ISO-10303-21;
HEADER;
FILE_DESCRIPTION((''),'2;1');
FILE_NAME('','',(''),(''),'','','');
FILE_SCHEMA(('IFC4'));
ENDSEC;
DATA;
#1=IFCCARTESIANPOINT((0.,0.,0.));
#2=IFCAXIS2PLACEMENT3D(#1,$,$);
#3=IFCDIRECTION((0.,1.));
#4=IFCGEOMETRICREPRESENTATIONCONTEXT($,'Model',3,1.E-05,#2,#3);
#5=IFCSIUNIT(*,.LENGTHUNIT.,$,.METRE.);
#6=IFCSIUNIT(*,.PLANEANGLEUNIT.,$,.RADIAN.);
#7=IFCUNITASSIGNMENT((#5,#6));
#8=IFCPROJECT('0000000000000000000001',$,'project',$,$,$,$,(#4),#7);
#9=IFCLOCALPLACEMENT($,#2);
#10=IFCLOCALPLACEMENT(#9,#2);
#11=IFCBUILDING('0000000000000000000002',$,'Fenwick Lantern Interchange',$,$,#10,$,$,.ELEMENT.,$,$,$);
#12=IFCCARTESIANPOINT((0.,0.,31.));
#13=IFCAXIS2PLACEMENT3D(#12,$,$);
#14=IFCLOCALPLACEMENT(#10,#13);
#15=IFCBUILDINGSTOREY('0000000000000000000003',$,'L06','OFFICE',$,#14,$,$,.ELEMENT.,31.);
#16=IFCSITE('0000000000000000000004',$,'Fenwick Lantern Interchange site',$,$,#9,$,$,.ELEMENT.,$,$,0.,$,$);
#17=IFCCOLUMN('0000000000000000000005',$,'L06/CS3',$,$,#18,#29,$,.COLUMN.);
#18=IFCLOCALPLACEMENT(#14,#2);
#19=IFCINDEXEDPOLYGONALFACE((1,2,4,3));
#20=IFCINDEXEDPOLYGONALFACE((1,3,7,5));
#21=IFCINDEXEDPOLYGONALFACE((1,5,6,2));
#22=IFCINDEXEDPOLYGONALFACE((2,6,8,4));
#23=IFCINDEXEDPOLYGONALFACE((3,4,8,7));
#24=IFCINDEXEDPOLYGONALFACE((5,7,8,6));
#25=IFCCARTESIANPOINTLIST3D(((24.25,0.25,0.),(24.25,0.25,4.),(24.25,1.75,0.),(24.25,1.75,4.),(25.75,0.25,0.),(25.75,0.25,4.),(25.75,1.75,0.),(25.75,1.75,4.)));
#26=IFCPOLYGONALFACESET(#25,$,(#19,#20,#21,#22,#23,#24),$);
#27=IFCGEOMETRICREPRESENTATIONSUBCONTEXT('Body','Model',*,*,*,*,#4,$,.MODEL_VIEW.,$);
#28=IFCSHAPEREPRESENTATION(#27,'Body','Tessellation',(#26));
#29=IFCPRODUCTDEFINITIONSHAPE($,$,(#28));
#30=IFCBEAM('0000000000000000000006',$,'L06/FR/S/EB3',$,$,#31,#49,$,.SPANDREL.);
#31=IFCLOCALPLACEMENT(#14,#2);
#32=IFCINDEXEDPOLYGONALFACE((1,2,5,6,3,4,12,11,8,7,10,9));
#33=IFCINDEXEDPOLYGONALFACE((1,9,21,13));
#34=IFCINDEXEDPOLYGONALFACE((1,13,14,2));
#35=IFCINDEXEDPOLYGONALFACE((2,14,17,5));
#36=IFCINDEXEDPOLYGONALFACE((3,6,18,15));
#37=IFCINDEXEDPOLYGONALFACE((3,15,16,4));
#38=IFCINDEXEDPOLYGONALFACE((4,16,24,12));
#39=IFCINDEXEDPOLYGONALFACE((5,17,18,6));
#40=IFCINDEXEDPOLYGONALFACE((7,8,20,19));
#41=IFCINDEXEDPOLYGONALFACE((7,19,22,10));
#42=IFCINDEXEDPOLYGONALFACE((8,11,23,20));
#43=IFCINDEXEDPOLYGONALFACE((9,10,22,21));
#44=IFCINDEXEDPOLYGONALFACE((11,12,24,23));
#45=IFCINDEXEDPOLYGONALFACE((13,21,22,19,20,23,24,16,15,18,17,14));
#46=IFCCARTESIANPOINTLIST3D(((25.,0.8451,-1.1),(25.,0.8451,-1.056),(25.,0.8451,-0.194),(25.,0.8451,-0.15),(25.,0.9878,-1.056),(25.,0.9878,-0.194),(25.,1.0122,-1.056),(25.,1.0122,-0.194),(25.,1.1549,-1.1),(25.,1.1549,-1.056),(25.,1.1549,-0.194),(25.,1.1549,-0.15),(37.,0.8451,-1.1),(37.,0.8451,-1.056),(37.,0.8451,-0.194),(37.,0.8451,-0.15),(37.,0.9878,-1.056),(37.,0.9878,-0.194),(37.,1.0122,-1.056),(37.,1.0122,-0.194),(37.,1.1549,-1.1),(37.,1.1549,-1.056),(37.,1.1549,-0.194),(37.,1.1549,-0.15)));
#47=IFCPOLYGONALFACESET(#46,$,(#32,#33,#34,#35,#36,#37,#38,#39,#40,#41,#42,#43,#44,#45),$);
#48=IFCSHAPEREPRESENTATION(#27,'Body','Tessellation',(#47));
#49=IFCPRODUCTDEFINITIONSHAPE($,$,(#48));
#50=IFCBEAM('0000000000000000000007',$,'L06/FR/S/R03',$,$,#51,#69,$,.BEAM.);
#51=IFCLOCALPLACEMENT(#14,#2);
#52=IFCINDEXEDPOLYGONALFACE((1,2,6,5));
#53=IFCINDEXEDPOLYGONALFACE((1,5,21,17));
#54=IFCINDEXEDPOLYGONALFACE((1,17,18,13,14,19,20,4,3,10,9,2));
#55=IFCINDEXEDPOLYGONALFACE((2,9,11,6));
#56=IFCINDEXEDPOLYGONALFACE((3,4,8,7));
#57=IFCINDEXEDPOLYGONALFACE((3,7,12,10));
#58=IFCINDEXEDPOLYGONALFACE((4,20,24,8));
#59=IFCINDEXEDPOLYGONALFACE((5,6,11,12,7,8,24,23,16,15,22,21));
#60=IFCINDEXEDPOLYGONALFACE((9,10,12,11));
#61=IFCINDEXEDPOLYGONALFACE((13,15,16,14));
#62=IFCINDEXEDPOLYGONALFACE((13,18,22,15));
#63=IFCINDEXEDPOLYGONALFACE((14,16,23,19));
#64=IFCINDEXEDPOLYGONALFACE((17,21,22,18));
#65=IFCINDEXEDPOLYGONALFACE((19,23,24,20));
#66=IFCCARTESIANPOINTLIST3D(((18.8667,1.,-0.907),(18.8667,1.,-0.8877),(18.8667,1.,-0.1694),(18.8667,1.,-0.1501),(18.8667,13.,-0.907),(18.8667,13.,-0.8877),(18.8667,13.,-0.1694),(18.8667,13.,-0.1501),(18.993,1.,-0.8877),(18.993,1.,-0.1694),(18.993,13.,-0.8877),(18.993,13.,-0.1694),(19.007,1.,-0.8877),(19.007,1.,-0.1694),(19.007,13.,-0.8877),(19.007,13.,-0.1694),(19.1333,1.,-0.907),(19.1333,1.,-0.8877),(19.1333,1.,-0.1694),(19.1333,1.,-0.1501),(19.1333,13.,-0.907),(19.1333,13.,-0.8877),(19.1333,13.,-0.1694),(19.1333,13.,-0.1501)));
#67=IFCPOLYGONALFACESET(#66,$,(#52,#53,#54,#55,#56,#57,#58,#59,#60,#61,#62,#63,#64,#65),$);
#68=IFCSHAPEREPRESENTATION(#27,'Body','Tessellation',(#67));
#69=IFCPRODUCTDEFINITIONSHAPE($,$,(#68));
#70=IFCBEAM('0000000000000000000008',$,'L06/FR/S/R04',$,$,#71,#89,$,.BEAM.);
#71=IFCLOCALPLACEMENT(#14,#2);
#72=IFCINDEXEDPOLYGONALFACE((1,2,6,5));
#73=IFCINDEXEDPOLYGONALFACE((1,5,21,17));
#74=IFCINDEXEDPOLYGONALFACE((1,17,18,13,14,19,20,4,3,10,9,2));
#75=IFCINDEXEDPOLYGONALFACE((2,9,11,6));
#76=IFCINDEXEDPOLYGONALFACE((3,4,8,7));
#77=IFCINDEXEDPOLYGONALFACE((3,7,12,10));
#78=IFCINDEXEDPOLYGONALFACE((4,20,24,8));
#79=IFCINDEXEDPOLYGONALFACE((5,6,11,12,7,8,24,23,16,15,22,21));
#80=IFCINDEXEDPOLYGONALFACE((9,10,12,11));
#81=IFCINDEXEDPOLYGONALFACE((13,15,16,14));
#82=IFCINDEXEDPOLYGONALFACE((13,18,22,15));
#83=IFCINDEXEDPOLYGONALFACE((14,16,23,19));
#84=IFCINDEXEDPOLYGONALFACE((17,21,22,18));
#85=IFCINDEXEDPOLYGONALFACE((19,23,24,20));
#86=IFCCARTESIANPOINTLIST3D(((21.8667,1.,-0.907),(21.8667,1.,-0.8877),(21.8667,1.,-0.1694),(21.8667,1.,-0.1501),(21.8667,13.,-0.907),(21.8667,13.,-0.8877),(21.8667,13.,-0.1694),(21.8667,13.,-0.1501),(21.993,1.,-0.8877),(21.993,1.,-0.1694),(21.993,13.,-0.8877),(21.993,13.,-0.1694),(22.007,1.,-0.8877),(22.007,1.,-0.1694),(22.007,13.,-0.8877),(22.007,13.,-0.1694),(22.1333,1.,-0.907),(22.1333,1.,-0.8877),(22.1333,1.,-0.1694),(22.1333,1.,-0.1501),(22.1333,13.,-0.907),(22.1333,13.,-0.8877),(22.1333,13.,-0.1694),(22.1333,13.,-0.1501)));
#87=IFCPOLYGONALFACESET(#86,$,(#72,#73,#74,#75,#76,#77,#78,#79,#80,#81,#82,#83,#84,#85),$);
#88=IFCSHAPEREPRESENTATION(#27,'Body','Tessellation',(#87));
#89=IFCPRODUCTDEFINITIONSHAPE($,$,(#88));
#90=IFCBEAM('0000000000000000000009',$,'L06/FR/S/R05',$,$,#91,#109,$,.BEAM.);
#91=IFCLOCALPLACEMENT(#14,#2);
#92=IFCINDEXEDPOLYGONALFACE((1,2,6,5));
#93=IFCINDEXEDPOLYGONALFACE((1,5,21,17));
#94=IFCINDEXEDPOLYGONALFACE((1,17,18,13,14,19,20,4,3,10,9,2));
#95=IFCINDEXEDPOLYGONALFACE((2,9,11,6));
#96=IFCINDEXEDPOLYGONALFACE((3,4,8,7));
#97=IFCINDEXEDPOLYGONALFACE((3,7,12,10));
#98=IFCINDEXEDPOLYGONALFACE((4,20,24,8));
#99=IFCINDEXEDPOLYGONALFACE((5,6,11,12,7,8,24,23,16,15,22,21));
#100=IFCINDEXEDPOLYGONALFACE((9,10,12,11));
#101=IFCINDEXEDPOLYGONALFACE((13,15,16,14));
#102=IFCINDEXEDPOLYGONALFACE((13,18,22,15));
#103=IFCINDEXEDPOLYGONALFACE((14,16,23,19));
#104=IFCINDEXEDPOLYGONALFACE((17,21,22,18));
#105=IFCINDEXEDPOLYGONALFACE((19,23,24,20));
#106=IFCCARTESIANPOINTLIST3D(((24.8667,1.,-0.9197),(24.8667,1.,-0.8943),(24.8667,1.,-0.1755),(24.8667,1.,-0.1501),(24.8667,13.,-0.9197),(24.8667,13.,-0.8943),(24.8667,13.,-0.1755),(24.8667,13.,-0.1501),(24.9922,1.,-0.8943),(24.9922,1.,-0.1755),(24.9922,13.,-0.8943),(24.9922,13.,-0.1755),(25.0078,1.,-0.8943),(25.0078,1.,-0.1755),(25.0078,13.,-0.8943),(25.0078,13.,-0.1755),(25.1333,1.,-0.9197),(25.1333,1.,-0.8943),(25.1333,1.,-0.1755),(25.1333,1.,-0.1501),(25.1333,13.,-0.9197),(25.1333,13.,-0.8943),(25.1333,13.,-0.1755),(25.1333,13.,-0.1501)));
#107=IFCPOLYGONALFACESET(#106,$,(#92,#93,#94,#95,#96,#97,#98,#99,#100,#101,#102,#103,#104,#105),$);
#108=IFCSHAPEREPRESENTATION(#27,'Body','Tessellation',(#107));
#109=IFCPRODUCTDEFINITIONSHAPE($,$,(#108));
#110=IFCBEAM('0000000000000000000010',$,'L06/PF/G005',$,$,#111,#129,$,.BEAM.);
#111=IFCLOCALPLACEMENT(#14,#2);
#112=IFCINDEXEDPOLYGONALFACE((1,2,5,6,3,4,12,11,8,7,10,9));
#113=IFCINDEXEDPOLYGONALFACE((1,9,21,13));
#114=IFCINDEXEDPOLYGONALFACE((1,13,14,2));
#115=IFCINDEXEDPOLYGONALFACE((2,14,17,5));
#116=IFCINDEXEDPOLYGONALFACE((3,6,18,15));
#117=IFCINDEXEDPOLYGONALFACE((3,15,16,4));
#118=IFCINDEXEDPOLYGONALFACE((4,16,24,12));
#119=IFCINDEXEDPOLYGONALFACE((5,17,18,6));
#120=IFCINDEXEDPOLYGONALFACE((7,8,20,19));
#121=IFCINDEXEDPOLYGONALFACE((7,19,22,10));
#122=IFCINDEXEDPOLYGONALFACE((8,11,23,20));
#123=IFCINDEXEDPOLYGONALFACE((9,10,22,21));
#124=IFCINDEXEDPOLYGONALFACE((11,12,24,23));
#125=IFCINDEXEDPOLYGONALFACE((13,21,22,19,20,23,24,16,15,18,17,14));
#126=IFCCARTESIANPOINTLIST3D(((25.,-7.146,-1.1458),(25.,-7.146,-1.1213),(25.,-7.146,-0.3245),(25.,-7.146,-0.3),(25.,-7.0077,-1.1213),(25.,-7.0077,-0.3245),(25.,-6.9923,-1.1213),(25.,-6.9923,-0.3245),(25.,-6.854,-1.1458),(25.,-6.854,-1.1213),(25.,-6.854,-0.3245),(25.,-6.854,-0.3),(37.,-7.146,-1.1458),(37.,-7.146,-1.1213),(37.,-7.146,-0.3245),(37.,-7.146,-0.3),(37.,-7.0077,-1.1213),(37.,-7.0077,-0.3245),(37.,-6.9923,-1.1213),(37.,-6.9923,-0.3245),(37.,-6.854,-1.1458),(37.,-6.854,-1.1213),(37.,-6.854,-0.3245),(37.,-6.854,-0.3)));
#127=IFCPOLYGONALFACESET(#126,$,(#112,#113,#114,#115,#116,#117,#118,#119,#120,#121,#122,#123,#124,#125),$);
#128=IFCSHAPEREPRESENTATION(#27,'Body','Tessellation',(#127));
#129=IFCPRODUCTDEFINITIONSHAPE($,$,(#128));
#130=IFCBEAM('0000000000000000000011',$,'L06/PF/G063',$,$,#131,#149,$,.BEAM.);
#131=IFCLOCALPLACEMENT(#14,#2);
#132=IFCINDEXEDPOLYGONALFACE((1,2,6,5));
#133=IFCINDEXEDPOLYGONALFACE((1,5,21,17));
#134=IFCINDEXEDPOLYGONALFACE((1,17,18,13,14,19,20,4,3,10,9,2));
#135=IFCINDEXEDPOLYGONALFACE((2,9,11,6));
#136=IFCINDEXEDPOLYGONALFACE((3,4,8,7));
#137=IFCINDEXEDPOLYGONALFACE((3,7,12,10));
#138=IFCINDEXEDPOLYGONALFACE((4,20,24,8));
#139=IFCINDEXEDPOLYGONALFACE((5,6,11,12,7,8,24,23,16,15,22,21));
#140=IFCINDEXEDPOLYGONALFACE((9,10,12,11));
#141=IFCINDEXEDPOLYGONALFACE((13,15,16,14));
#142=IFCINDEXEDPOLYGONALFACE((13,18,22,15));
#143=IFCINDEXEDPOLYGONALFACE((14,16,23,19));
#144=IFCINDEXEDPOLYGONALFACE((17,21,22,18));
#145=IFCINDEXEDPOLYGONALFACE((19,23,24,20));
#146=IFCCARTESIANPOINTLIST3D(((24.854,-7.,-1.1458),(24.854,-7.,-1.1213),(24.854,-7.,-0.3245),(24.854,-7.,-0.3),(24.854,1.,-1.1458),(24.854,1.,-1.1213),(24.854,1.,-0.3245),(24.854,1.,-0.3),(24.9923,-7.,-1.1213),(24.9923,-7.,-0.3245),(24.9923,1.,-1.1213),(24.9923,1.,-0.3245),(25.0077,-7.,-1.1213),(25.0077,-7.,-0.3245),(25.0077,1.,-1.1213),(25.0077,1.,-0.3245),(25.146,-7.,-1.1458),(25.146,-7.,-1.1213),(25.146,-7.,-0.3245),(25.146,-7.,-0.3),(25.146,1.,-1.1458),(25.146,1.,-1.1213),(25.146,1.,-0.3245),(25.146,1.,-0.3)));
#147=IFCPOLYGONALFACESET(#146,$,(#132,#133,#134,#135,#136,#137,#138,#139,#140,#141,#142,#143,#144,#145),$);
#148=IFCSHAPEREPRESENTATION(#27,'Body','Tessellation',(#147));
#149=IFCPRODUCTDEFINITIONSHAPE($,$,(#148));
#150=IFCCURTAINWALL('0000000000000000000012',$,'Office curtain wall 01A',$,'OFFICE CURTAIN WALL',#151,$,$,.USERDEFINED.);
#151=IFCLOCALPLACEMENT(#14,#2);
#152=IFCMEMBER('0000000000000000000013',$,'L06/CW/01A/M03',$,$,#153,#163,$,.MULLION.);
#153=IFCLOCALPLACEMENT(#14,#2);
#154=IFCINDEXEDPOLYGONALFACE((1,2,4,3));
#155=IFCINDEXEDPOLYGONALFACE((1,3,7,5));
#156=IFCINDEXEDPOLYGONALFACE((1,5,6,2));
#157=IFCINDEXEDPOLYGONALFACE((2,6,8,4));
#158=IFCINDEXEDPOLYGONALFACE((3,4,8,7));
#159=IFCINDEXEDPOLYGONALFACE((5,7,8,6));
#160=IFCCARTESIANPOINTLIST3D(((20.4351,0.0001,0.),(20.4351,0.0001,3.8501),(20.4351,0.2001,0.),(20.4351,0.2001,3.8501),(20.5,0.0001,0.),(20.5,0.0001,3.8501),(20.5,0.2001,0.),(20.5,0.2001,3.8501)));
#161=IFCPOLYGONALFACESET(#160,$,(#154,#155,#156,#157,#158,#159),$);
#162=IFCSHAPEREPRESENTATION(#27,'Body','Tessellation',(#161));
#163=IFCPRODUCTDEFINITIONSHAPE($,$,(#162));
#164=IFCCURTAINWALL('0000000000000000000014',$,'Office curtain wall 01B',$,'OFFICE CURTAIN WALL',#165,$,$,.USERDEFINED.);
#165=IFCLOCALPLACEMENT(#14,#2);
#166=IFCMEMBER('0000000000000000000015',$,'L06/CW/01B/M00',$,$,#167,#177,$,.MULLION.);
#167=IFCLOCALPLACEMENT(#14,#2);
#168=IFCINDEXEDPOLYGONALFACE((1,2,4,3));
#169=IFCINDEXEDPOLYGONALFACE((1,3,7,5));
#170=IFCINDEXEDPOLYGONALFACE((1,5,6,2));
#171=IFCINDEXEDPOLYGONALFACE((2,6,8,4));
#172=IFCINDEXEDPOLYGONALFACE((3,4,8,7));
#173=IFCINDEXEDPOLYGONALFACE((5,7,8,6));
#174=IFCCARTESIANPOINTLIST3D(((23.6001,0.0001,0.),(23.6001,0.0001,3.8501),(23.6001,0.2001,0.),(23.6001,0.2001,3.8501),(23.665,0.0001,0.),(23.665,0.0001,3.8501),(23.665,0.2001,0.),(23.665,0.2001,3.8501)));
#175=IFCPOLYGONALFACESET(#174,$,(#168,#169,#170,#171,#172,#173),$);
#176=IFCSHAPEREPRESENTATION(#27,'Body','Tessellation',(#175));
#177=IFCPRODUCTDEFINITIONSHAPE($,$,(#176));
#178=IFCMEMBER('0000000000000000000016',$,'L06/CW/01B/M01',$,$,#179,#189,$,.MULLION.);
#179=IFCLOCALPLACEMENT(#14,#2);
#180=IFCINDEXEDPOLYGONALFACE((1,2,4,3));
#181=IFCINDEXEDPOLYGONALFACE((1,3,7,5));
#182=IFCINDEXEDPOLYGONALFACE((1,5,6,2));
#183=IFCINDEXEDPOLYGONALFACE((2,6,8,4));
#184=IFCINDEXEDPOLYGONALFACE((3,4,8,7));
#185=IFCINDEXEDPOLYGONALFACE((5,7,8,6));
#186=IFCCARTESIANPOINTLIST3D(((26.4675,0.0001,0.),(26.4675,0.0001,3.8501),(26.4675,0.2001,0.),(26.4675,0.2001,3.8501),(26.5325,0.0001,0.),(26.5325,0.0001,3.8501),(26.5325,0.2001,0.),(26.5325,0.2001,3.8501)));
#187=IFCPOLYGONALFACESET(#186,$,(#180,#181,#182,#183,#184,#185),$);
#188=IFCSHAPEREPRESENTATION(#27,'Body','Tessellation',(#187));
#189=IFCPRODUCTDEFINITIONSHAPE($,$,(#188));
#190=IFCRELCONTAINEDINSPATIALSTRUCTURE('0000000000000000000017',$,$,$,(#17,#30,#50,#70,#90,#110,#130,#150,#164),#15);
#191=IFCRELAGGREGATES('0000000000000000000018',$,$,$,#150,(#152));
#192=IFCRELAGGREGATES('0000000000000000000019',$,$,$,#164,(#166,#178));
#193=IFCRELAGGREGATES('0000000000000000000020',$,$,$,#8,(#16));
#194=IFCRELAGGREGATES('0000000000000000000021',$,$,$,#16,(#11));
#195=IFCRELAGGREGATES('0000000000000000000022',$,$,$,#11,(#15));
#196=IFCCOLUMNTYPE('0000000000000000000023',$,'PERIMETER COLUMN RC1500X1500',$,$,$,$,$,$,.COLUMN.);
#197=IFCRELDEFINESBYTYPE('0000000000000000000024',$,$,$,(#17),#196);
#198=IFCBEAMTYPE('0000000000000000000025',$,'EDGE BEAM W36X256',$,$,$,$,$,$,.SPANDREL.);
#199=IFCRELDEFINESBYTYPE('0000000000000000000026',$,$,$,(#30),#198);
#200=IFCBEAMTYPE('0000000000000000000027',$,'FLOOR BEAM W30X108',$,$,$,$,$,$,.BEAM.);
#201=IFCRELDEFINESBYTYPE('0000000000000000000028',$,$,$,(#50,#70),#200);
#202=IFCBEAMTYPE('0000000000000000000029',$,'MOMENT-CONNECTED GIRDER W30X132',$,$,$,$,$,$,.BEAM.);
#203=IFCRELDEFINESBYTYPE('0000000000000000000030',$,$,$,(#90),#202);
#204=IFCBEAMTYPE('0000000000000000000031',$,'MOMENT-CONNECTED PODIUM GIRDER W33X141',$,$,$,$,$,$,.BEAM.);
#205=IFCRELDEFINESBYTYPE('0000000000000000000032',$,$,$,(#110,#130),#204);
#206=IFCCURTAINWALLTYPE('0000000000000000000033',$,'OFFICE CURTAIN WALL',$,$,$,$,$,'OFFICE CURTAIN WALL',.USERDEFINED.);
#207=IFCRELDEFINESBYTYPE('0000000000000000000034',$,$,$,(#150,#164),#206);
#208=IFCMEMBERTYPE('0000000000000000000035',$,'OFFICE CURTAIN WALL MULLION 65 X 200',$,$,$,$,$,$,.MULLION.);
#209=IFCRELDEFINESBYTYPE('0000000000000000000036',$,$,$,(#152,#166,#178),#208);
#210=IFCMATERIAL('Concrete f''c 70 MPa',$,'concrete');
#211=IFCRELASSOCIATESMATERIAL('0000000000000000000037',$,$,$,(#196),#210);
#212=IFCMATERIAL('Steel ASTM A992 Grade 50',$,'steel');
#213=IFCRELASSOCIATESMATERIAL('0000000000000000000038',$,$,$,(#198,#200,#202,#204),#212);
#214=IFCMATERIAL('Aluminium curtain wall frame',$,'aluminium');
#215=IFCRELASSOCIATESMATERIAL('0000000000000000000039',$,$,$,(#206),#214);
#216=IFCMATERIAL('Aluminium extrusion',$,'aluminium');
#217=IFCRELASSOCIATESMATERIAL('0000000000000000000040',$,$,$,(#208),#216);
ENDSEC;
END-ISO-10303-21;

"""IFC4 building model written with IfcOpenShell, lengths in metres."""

from ifc_helpers import new_model, si_unit, direction, frame, origin, origin_2d, place, context, subcontext, project, spatial, rectangle, i_section, extrude, material, material_profile, profile_set, type_object, element, aggregate, save


model = new_model("IFC4")

# Units and contexts
model_context = context("Model", 3, precision=1e-05, world=origin(), true_north=direction((0.0, 1.0)))
body_context = subcontext(model_context, "Body", "Model", "MODEL_VIEW")
ifc_project = project(units=[si_unit("LENGTHUNIT", "METRE"), si_unit("PLANEANGLEUNIT", "RADIAN")], contexts=[model_context])

# Site, building, storey
site_placement = place(None, origin())
site = spatial("IfcSite", under=ifc_project, at=site_placement, Name="Fenwick Lantern Interchange site", CompositionType="ELEMENT", RefElevation=0.0)
building_placement = place(site_placement, origin())
building = spatial("IfcBuilding", under=site, at=building_placement, Name="Fenwick Lantern Interchange", CompositionType="ELEMENT")
storey_placement = place(building_placement, frame((0.0, 0.0, 31.0)))
storey = spatial("IfcBuildingStorey", under=building, at=storey_placement, Name="L06", Description="OFFICE", CompositionType="ELEMENT", Elevation=31.0)

# Column
ifc_material_1 = material(Name="Concrete f'c 70 MPa", Category="concrete")
ifc_material_profile_1 = material_profile(ifc_material_1, rectangle(XDim=1.5, YDim=1.5, at=origin_2d()), Name="RC1500X1500")
ifc_profile_set_1 = profile_set([ifc_material_profile_1], Name="Concrete f'c 70 MPa")
column_type = type_object("IfcColumnType", Name="PERIMETER COLUMN RC1500X1500", PredefinedType="COLUMN", material=ifc_profile_set_1)
column_placement = place(storey_placement, frame((25.0, 1.0, 0.0), z_axis=(0.0, 0.0, 1.0), x_axis=(1.0, 0.0, 0.0)))
element("IfcColumn", 1, at=column_placement, inside=storey, type_object=column_type, Name="L06/CS3", PredefinedType="COLUMN", context=body_context, shape_type="SweptSolid", body=[
    extrude(rectangle(XDim=1.5, YDim=1.5, at=origin_2d()), origin(), (0.0, 0.0, 1.0), 4.0),
])

# Beams
ifc_material_2 = material(Name="Steel ASTM A992 Grade 50", Category="steel")
ifc_material_profile_2 = material_profile(ifc_material_2, i_section(OverallWidth=0.3098, OverallDepth=0.95, WebThickness=0.0244, FlangeThickness=0.0439, at=origin_2d()), Name="W36X256")
ifc_profile_set_2 = profile_set([ifc_material_profile_2], Name="Steel ASTM A992 Grade 50")
beam_type_1 = type_object("IfcBeamType", Name="EDGE BEAM W36X256", PredefinedType="SPANDREL", material=ifc_profile_set_2)
beam_1_placement = place(storey_placement, frame((25.0, 1.0, -0.625), z_axis=(1.0, 0.0, 0.0), x_axis=(0.0, 1.0, 0.0)))
element("IfcBeam", 2, at=beam_1_placement, inside=storey, type_object=beam_type_1, Name="L06/FR/S/EB3", PredefinedType="SPANDREL", context=body_context, shape_type="SweptSolid", body=[
    extrude(i_section(OverallWidth=0.3098, OverallDepth=0.95, WebThickness=0.0244, FlangeThickness=0.0439, at=origin_2d()), origin(), (0.0, 0.0, 1.0), 12.0),
])
ifc_material_profile_3 = material_profile(ifc_material_2, i_section(OverallWidth=0.2666, OverallDepth=0.7568, WebThickness=0.0139, FlangeThickness=0.0193, at=origin_2d()), Name="W30X108")
ifc_profile_set_3 = profile_set([ifc_material_profile_3], Name="Steel ASTM A992 Grade 50")
beam_type_2 = type_object("IfcBeamType", Name="FLOOR BEAM W30X108", PredefinedType="BEAM", material=ifc_profile_set_3)
for number, where, z_axis, x_axis, name in (
    (3, (19.0, 1.0, -0.5286), (0.0, 1.0, 0.0), (-1.0, 0.0, 0.0), "L06/FR/S/R03"),
    (4, (22.0, 1.0, -0.5286), (0.0, 1.0, 0.0), (-1.0, 0.0, 0.0), "L06/FR/S/R04"),
):
    element("IfcBeam", number, at=place(storey_placement, frame(where, z_axis=z_axis, x_axis=x_axis)), inside=storey, type_object=beam_type_2, Name=name, PredefinedType="BEAM", context=body_context, shape_type="SweptSolid", body=[
        extrude(i_section(OverallWidth=0.2666, OverallDepth=0.7568, WebThickness=0.0139, FlangeThickness=0.0193, at=origin_2d()), origin(), (0.0, 0.0, 1.0), 12.0),
    ])
ifc_material_profile_4 = material_profile(ifc_material_2, i_section(OverallWidth=0.2666, OverallDepth=0.7695, WebThickness=0.0156, FlangeThickness=0.0254, at=origin_2d()), Name="W30X132")
ifc_profile_set_4 = profile_set([ifc_material_profile_4], Name="Steel ASTM A992 Grade 50")
beam_type_3 = type_object("IfcBeamType", Name="MOMENT-CONNECTED GIRDER W30X132", PredefinedType="BEAM", material=ifc_profile_set_4)
beam_2_placement = place(storey_placement, frame((25.0, 1.0, -0.5349), z_axis=(0.0, 1.0, 0.0), x_axis=(-1.0, 0.0, 0.0)))
element("IfcBeam", 5, at=beam_2_placement, inside=storey, type_object=beam_type_3, Name="L06/FR/S/R05", PredefinedType="BEAM", context=body_context, shape_type="SweptSolid", body=[
    extrude(i_section(OverallWidth=0.2666, OverallDepth=0.7695, WebThickness=0.0156, FlangeThickness=0.0254, at=origin_2d()), origin(), (0.0, 0.0, 1.0), 12.0),
])
ifc_material_profile_5 = material_profile(ifc_material_2, i_section(OverallWidth=0.292, OverallDepth=0.8457, WebThickness=0.0154, FlangeThickness=0.0244, at=origin_2d()), Name="W33X141")
ifc_profile_set_5 = profile_set([ifc_material_profile_5], Name="Steel ASTM A992 Grade 50")
beam_type_4 = type_object("IfcBeamType", Name="MOMENT-CONNECTED PODIUM GIRDER W33X141", PredefinedType="BEAM", material=ifc_profile_set_5)
beam_3_placement = place(storey_placement, frame((25.0, -7.0, -0.7229), z_axis=(1.0, 0.0, 0.0), x_axis=(0.0, 1.0, 0.0)))
element("IfcBeam", 6, at=beam_3_placement, inside=storey, type_object=beam_type_4, Name="L06/PF/G005", PredefinedType="BEAM", context=body_context, shape_type="SweptSolid", body=[
    extrude(i_section(OverallWidth=0.292, OverallDepth=0.8457, WebThickness=0.0154, FlangeThickness=0.0244, at=origin_2d()), origin(), (0.0, 0.0, 1.0), 12.0),
])
beam_4_placement = place(storey_placement, frame((25.0, -7.0, -0.7229), z_axis=(0.0, 1.0, 0.0), x_axis=(-1.0, 0.0, 0.0)))
element("IfcBeam", 7, at=beam_4_placement, inside=storey, type_object=beam_type_4, Name="L06/PF/G063", PredefinedType="BEAM", context=body_context, shape_type="SweptSolid", body=[
    extrude(i_section(OverallWidth=0.292, OverallDepth=0.8457, WebThickness=0.0154, FlangeThickness=0.0244, at=origin_2d()), origin(), (0.0, 0.0, 1.0), 8.0),
])

# Curtain wall, member
ifc_material_3 = material(Name="Aluminium curtain wall frame", Category="aluminium")
curtain_wall_type = type_object("IfcCurtainWallType", Name="OFFICE CURTAIN WALL", ElementType="OFFICE CURTAIN WALL", PredefinedType="USERDEFINED", material=ifc_material_3)
curtain_wall_1_placement = place(storey_placement, origin())
curtain_wall_1 = element("IfcCurtainWall", 8, at=curtain_wall_1_placement, inside=storey, type_object=curtain_wall_type, Name="Office curtain wall 01A", ObjectType="OFFICE CURTAIN WALL", PredefinedType="USERDEFINED")
ifc_material_4 = material(Name="Aluminium extrusion", Category="aluminium")
ifc_material_profile_6 = material_profile(ifc_material_4, rectangle(XDim=0.2, YDim=0.0649, at=origin_2d()), Name="OFFICE CURTAIN WALL MULLION 65 X 200")
ifc_profile_set_6 = profile_set([ifc_material_profile_6], Name="Aluminium extrusion")
member_type_1 = type_object("IfcMemberType", Name="OFFICE CURTAIN WALL MULLION 65 X 200", PredefinedType="MULLION", material=ifc_profile_set_6)
member_1_placement = place(storey_placement, frame((20.4675, 0.1001, 0.0), z_axis=(0.0, 0.0, 1.0), x_axis=(0.0, 1.0, 0.0)))
member_1 = element("IfcMember", 9, at=member_1_placement, type_object=member_type_1, Name="L06/CW/01A/M03", PredefinedType="MULLION", context=body_context, shape_type="SweptSolid", body=[
    extrude(rectangle(XDim=0.2, YDim=0.0649, at=origin_2d()), origin(), (0.0, 0.0, 1.0), 3.8501),
])
aggregate(curtain_wall_1, [member_1])

# Curtain wall, members
curtain_wall_2_placement = place(storey_placement, origin())
curtain_wall_2 = element("IfcCurtainWall", 10, at=curtain_wall_2_placement, inside=storey, type_object=curtain_wall_type, Name="Office curtain wall 01B", ObjectType="OFFICE CURTAIN WALL", PredefinedType="USERDEFINED")
member_2_placement = place(storey_placement, frame((23.6326, 0.1001, 0.0), z_axis=(0.0, 0.0, 1.0), x_axis=(0.0, 1.0, 0.0)))
member_2 = element("IfcMember", 11, at=member_2_placement, type_object=member_type_1, Name="L06/CW/01B/M00", PredefinedType="MULLION", context=body_context, shape_type="SweptSolid", body=[
    extrude(rectangle(XDim=0.2, YDim=0.0649, at=origin_2d()), origin(), (0.0, 0.0, 1.0), 3.8501),
])
member_3_placement = place(storey_placement, frame((26.5, 0.1001, 0.0), z_axis=(0.0, 0.0, 1.0), x_axis=(0.0, 1.0, 0.0)))
member_3 = element("IfcMember", 12, at=member_3_placement, type_object=member_type_1, Name="L06/CW/01B/M01", PredefinedType="MULLION", context=body_context, shape_type="SweptSolid", body=[
    extrude(rectangle(XDim=0.2, YDim=0.0649, at=origin_2d()), origin(), (0.0, 0.0, 1.0), 3.8501),
])
aggregate(curtain_wall_2, [member_2, member_3])

save(model, "model.ifc")
